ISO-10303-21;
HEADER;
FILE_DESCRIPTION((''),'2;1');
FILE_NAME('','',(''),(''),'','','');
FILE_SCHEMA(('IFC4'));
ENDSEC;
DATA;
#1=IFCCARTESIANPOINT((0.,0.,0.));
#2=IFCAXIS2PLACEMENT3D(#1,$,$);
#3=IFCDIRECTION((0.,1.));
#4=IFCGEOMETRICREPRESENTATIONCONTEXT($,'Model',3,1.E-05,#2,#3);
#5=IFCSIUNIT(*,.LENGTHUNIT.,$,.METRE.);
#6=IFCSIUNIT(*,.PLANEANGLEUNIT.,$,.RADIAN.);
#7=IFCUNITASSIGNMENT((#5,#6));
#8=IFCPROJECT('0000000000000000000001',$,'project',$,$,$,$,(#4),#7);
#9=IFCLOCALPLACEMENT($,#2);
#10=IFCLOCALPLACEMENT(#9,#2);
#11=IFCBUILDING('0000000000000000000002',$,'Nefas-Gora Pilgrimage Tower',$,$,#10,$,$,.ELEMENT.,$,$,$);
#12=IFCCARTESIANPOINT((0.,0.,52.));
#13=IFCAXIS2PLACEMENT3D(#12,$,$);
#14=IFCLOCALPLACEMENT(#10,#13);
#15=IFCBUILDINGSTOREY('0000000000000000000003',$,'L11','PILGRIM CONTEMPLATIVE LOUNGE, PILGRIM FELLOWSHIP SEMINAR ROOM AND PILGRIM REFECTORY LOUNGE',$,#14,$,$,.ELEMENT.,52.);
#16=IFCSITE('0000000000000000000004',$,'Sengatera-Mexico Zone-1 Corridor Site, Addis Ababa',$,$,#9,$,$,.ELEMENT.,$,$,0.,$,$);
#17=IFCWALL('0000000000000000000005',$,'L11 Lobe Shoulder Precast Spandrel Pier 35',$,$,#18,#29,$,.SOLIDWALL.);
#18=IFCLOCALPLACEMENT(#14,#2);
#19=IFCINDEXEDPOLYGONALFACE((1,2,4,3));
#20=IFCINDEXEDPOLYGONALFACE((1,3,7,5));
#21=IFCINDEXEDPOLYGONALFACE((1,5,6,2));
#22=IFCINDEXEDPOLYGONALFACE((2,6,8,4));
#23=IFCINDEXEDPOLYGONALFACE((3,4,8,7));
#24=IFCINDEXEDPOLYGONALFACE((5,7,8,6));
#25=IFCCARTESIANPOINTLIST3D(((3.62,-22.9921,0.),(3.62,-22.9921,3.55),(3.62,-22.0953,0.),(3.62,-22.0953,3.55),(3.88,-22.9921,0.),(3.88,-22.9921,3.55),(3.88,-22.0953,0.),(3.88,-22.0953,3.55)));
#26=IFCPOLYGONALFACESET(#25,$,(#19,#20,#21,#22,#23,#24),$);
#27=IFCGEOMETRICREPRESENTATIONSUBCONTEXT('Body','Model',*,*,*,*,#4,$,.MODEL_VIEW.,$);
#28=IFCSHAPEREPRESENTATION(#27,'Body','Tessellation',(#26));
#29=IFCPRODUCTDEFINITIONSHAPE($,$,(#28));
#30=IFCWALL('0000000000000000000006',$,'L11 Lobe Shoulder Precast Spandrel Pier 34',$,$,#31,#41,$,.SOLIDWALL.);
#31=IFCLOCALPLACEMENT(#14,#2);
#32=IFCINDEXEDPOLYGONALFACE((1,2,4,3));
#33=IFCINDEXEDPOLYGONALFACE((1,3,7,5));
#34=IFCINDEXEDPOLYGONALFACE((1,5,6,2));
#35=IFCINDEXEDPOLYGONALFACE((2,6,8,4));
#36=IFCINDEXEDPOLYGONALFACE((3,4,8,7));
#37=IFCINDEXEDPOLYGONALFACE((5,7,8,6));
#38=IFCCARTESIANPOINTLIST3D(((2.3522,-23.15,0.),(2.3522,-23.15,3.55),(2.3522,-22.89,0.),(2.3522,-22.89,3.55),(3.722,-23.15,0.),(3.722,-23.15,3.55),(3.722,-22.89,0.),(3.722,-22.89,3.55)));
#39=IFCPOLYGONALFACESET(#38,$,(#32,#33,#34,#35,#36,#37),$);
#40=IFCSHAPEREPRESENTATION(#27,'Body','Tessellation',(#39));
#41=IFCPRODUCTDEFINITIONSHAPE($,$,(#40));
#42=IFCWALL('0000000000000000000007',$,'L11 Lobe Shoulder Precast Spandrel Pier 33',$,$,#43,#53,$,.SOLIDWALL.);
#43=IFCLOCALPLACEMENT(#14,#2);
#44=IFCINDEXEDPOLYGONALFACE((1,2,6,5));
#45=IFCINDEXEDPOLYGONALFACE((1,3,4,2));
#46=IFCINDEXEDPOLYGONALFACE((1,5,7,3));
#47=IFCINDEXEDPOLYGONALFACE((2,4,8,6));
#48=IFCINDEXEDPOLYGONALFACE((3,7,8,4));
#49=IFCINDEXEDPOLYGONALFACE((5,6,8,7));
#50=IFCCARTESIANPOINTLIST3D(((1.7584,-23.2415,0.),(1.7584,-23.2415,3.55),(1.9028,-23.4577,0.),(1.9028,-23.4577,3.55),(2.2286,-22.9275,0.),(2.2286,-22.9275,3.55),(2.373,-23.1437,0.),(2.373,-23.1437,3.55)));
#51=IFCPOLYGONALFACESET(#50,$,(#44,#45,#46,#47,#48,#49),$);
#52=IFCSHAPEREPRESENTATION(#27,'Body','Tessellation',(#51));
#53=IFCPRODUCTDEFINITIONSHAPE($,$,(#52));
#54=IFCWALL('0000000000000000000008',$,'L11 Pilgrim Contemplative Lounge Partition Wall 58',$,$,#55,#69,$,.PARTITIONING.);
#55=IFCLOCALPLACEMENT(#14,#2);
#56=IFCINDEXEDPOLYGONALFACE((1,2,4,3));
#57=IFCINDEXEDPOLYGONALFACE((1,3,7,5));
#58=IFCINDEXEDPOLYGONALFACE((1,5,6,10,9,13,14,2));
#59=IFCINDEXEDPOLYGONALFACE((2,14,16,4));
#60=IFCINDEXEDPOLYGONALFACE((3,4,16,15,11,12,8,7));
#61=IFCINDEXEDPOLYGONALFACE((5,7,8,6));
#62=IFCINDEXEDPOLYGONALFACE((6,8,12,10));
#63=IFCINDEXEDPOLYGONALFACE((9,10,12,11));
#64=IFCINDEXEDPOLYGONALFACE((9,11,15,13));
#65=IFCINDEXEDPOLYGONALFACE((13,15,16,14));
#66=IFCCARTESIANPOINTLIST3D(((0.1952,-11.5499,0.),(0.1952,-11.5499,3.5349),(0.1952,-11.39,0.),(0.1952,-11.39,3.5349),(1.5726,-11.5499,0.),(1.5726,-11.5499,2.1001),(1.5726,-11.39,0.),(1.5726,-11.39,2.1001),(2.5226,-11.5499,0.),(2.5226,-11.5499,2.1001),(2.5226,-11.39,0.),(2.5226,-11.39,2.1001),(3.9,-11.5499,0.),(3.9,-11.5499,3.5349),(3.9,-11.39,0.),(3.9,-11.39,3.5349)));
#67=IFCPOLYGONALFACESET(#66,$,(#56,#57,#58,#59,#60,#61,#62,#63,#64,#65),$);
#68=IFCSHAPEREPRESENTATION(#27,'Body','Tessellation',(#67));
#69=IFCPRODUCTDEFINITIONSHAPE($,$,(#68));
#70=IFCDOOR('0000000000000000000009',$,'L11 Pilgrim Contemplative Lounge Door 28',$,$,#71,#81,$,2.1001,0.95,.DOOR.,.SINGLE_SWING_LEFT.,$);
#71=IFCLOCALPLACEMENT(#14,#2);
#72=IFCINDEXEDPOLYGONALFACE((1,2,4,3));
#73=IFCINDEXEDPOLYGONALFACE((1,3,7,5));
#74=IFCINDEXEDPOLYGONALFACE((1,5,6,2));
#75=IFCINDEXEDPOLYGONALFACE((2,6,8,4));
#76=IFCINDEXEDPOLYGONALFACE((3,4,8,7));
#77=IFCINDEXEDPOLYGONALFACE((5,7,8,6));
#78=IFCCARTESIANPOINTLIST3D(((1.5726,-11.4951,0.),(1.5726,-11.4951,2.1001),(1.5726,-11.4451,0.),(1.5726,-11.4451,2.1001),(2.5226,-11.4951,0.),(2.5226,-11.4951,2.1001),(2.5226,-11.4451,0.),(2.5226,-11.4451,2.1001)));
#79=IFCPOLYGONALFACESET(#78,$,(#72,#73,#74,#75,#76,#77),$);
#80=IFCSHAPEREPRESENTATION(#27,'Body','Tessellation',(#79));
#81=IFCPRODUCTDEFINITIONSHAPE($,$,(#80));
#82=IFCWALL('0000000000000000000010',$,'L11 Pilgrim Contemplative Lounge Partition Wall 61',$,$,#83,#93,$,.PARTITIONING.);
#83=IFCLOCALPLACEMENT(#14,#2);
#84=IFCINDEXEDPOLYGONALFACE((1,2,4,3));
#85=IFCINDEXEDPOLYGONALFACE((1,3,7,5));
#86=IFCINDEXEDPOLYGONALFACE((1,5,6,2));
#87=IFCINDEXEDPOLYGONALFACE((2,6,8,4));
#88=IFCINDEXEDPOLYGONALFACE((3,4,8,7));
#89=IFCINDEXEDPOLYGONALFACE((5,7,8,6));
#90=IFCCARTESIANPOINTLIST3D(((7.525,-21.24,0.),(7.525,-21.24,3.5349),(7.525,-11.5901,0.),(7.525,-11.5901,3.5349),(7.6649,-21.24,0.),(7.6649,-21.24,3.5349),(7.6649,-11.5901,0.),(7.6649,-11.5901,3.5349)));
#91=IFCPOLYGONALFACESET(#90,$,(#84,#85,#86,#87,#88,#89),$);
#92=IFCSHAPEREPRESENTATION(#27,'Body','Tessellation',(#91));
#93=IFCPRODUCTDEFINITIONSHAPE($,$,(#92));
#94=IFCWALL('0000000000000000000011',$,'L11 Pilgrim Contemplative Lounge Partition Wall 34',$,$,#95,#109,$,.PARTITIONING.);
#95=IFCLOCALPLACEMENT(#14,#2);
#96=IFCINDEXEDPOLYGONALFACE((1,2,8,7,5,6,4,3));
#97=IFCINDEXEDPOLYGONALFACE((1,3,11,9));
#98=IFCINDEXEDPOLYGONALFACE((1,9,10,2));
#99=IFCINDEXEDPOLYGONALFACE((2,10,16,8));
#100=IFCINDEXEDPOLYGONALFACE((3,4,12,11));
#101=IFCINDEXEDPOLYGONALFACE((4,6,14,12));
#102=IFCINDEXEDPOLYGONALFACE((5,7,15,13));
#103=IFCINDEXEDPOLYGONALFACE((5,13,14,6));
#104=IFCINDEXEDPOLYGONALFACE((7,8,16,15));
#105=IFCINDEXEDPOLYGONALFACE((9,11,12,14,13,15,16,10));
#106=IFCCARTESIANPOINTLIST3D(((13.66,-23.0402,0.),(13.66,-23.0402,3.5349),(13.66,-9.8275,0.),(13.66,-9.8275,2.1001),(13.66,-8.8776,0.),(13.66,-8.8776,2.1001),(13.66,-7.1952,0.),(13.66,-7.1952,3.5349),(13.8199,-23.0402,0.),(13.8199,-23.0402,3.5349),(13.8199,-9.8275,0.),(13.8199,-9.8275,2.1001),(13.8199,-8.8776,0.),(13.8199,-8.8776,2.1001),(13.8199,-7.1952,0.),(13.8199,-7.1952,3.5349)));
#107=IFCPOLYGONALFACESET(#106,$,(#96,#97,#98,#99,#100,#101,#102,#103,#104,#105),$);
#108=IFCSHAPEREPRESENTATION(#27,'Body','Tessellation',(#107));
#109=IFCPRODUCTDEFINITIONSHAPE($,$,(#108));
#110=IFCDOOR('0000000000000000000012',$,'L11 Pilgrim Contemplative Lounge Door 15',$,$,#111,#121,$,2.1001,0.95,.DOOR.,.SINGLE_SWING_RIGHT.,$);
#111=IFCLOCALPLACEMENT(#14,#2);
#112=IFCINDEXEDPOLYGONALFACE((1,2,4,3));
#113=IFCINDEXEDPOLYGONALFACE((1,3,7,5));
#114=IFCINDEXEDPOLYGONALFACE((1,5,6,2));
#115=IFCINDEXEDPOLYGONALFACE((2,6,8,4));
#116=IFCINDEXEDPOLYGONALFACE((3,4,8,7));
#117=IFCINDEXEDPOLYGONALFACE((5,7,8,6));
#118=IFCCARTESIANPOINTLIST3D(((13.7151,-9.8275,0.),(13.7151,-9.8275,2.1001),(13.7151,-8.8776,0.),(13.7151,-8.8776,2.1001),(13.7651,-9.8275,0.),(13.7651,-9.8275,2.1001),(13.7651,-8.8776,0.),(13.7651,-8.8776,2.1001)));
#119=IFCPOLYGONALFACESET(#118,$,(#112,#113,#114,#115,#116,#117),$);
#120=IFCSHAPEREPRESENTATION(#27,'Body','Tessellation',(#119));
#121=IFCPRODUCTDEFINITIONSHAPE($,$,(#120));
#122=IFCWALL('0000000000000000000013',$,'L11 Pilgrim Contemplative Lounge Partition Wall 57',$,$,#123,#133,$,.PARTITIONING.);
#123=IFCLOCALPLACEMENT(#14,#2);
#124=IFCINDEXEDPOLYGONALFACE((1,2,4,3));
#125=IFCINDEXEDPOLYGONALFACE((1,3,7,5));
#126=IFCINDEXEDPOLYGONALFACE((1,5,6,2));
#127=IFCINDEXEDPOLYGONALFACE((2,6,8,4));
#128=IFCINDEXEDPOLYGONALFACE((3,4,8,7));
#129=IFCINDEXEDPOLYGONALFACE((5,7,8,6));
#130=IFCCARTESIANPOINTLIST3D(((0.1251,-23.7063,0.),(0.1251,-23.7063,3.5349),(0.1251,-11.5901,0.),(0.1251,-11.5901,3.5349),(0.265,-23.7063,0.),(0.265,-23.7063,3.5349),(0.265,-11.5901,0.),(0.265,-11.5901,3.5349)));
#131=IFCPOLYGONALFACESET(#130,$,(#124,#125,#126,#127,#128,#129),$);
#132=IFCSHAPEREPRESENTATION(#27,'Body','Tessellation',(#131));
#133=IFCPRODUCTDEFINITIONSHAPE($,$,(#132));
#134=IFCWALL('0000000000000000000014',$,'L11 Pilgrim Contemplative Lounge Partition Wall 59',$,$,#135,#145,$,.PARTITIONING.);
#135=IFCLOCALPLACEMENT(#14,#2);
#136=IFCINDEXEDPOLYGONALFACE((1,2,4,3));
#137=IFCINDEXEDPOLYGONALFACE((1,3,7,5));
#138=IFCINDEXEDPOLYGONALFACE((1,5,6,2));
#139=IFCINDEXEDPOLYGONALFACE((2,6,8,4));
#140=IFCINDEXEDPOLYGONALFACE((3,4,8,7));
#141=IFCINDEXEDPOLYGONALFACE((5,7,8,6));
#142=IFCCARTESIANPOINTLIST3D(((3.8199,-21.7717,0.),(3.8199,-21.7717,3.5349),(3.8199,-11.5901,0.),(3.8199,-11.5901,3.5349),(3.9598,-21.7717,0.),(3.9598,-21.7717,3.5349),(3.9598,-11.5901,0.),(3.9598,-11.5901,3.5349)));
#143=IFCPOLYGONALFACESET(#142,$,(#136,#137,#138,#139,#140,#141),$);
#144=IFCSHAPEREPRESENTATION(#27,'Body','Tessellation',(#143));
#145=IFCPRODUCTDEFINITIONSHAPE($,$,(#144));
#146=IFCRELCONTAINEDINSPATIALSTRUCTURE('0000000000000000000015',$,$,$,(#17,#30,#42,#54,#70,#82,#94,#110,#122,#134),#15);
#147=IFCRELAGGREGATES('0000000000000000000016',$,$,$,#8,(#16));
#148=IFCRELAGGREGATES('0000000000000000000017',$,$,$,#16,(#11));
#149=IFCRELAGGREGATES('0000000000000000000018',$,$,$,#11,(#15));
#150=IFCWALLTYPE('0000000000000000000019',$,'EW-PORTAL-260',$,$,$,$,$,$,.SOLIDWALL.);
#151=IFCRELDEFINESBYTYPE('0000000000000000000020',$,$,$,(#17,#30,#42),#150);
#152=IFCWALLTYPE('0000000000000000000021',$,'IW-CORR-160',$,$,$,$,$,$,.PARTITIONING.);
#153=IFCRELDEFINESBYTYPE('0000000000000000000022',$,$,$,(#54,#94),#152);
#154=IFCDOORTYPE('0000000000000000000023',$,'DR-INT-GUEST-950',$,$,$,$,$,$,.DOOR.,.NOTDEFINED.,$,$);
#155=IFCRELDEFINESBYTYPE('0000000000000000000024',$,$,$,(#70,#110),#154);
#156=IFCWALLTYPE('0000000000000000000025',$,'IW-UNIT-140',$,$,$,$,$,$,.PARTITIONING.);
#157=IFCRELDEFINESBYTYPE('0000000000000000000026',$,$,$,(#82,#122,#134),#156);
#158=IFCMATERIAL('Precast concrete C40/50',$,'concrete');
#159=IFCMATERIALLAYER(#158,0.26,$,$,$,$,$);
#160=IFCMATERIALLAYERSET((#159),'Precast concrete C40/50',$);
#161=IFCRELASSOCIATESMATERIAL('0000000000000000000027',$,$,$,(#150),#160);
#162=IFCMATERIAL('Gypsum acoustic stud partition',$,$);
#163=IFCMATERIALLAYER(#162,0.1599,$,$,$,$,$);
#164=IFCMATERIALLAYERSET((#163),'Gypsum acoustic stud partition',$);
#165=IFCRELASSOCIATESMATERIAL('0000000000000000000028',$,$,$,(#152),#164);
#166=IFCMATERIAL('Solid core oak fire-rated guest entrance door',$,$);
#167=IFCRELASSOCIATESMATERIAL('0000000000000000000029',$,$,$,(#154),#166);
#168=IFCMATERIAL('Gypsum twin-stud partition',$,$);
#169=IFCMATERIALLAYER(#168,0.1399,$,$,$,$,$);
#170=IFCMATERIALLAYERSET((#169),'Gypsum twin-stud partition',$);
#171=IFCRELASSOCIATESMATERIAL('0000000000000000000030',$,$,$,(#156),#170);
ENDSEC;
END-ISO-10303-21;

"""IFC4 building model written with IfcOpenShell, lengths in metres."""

from ifc_helpers import new_model, si_unit, direction, frame, frame_2d, origin, place, context, subcontext, project, spatial, rectangle, extrude, source, transform, mapped, material, layer, layer_set, type_object, element, fill, save


model = new_model("IFC4")

# Units and contexts
model_context = context("Model", 3, precision=1e-05, world=origin(), true_north=direction((0.0, 1.0)))
body_context = subcontext(model_context, "Body", "Model", "MODEL_VIEW")
ifc_project = project(units=[si_unit("LENGTHUNIT", "METRE"), si_unit("PLANEANGLEUNIT", "RADIAN")], contexts=[model_context])

# Site, building, storey
site_placement = place(None, origin())
site = spatial("IfcSite", under=ifc_project, at=site_placement, Name="Sengatera-Mexico Zone-1 Corridor Site, Addis Ababa", CompositionType="ELEMENT", RefElevation=0.0)
building_placement = place(site_placement, origin())
building = spatial("IfcBuilding", under=site, at=building_placement, Name="Nefas-Gora Pilgrimage Tower", CompositionType="ELEMENT")
storey_placement = place(building_placement, frame((0.0, 0.0, 52.0)))
storey = spatial("IfcBuildingStorey", under=building, at=storey_placement, Name="L11", Description="PILGRIM CONTEMPLATIVE LOUNGE, PILGRIM FELLOWSHIP SEMINAR ROOM AND PILGRIM REFECTORY LOUNGE", CompositionType="ELEMENT", Elevation=52.0)

# Walls
ifc_material_1 = material(Name="Precast concrete C40/50", Category="concrete")
ifc_layer_1 = layer(ifc_material_1, 0.26)
ifc_layer_set_1 = layer_set([ifc_layer_1], Name="Precast concrete C40/50")
wall_type_1 = type_object("IfcWallType", Name="EW-PORTAL-260", PredefinedType="SOLIDWALL", material=ifc_layer_set_1)
shared_shape_1 = source(origin(), body_context, "Body", "SweptSolid", [
    extrude(rectangle(XDim=0.8967, YDim=0.26, at=frame_2d((0.4482, 0.0))), origin(), (0.0, 0.0, 1.0), 3.55),
])
wall_1_placement = place(storey_placement, frame((3.75, -22.9919, 0.0), z_axis=(0.0, 0.0, 1.0), x_axis=(0.0, 1.0, 0.0)))
element("IfcWall", 1, at=wall_1_placement, inside=storey, type_object=wall_type_1, Name="L11 Lobe Shoulder Precast Spandrel Pier 35", PredefinedType="SOLIDWALL", context=body_context, shape_type="MappedRepresentation", body=[
    mapped(shared_shape_1, transform((0.0, 0.0, 0.0), x_axis=(1.0, 0.0, 0.0), y_axis=(0.0, 1.0, 0.0), z_axis=(0.0, 0.0, 1.0), scale=1.0)),
])
shared_shape_2 = source(origin(), body_context, "Body", "SweptSolid", [
    extrude(rectangle(XDim=1.3699, YDim=0.26, at=frame_2d((0.6851, 0.0))), origin(), (0.0, 0.0, 1.0), 3.55),
])
wall_2_placement = place(storey_placement, frame((2.3521, -23.02, 0.0), z_axis=(0.0, 0.0, 1.0), x_axis=(1.0, 0.0, 0.0)))
element("IfcWall", 2, at=wall_2_placement, inside=storey, type_object=wall_type_1, Name="L11 Lobe Shoulder Precast Spandrel Pier 34", PredefinedType="SOLIDWALL", context=body_context, shape_type="MappedRepresentation", body=[
    mapped(shared_shape_2, transform((0.0, 0.0, 0.0), x_axis=(1.0, 0.0, 0.0), y_axis=(0.0, 1.0, 0.0), z_axis=(0.0, 0.0, 1.0), scale=1.0)),
])
shared_shape_3 = source(origin(), body_context, "Body", "SweptSolid", [
    extrude(rectangle(XDim=0.5654, YDim=0.26, at=frame_2d((0.2827, 0.0))), origin(), (0.0, 0.0, 1.0), 3.55),
])
wall_3_placement = place(storey_placement, frame((1.8306, -23.3496, 0.0), z_axis=(0.0, 0.0, 1.0), x_axis=(0.831651, 0.555298, 0.0)))
element("IfcWall", 3, at=wall_3_placement, inside=storey, type_object=wall_type_1, Name="L11 Lobe Shoulder Precast Spandrel Pier 33", PredefinedType="SOLIDWALL", context=body_context, shape_type="MappedRepresentation", body=[
    mapped(shared_shape_3, transform((0.0, 0.0, 0.0), x_axis=(1.0, 0.0, 0.0), y_axis=(0.0, 1.0, 0.0), z_axis=(0.0, 0.0, 1.0), scale=1.0)),
])

# Wall, opening, door
ifc_material_2 = material(Name="Gypsum acoustic stud partition")
ifc_layer_2 = layer(ifc_material_2, 0.1599)
ifc_layer_set_2 = layer_set([ifc_layer_2], Name="Gypsum acoustic stud partition")
wall_type_2 = type_object("IfcWallType", Name="IW-CORR-160", PredefinedType="PARTITIONING", material=ifc_layer_set_2)
shared_shape_4 = source(origin(), body_context, "Body", "SweptSolid", [
    extrude(rectangle(XDim=3.7048, YDim=0.1599, at=frame_2d((1.8525, 0.0))), origin(), (0.0, 0.0, 1.0), 3.5349),
])
wall_4_placement = place(storey_placement, frame((0.1951, -11.47, 0.0), z_axis=(0.0, 0.0, 1.0), x_axis=(1.0, 0.0, 0.0)))
wall_4 = element("IfcWall", 4, at=wall_4_placement, inside=storey, type_object=wall_type_2, Name="L11 Pilgrim Contemplative Lounge Partition Wall 58", PredefinedType="PARTITIONING", context=body_context, shape_type="MappedRepresentation", body=[
    mapped(shared_shape_4, transform((0.0, 0.0, 0.0), x_axis=(1.0, 0.0, 0.0), y_axis=(0.0, 1.0, 0.0), z_axis=(0.0, 0.0, 1.0), scale=1.0)),
])
opening_1_placement = place(wall_4_placement, frame((1.3774, 0.0, 0.0)))
opening_1 = element("IfcOpeningElement", 5, at=opening_1_placement, cuts=wall_4, PredefinedType="OPENING", context=body_context, shape_type="SweptSolid", body=[
    extrude(rectangle(XDim=0.95, YDim=2.1001, at=frame_2d((0.4751, 1.05))), frame((0.0, 0.0898, 0.0), z_axis=(0.0, -1.0, 0.0), x_axis=(1.0, 0.0, 0.0)), (0.0, 0.0, 1.0), 0.1799),
])
ifc_material_3 = material(Name="Solid core oak fire-rated guest entrance door")
door_type = type_object("IfcDoorType", Name="DR-INT-GUEST-950", OperationType="NOTDEFINED", PredefinedType="DOOR", material=ifc_material_3)
shared_shape_5 = source(origin(), body_context, "Body", "SweptSolid", [
    extrude(rectangle(XDim=0.95, YDim=2.1001, at=frame_2d((0.4751, 1.05))), frame((0.0, 0.0249, 0.0), z_axis=(0.0, -1.0, 0.0), x_axis=(1.0, 0.0, 0.0)), (0.0, 0.0, 1.0), 0.05),
])
door_1_placement = place(opening_1_placement, origin())
door_1 = element("IfcDoor", 6, at=door_1_placement, inside=storey, type_object=door_type, Name="L11 Pilgrim Contemplative Lounge Door 28", OperationType="SINGLE_SWING_LEFT", OverallHeight=2.1001, OverallWidth=0.95, PredefinedType="DOOR", context=body_context, shape_type="MappedRepresentation", body=[
    mapped(shared_shape_5, transform((0.0, 0.0, 0.0), x_axis=(1.0, 0.0, 0.0), y_axis=(0.0, 1.0, 0.0), z_axis=(0.0, 0.0, 1.0), scale=1.0)),
])
fill(opening_1, door_1)

# Wall
ifc_material_4 = material(Name="Gypsum twin-stud partition")
ifc_layer_3 = layer(ifc_material_4, 0.1399)
ifc_layer_set_3 = layer_set([ifc_layer_3], Name="Gypsum twin-stud partition")
wall_type_3 = type_object("IfcWallType", Name="IW-UNIT-140", PredefinedType="PARTITIONING", material=ifc_layer_set_3)
shared_shape_6 = source(origin(), body_context, "Body", "SweptSolid", [
    extrude(rectangle(XDim=9.6499, YDim=0.1399, at=frame_2d((4.825, 0.0))), origin(), (0.0, 0.0, 1.0), 3.5349),
])
wall_5_placement = place(storey_placement, frame((7.595, -21.24, 0.0), z_axis=(0.0, 0.0, 1.0), x_axis=(0.0, 1.0, 0.0)))
element("IfcWall", 7, at=wall_5_placement, inside=storey, type_object=wall_type_3, Name="L11 Pilgrim Contemplative Lounge Partition Wall 61", PredefinedType="PARTITIONING", context=body_context, shape_type="MappedRepresentation", body=[
    mapped(shared_shape_6, transform((0.0, 0.0, 0.0), x_axis=(1.0, 0.0, 0.0), y_axis=(0.0, 1.0, 0.0), z_axis=(0.0, 0.0, 1.0), scale=1.0)),
])

# Wall, opening, door
shared_shape_7 = source(origin(), body_context, "Body", "SweptSolid", [
    extrude(rectangle(XDim=15.845, YDim=0.1599, at=frame_2d((7.9224, 0.0))), origin(), (0.0, 0.0, 1.0), 3.5349),
])
wall_6_placement = place(storey_placement, frame((13.74, -23.04, 0.0), z_axis=(0.0, 0.0, 1.0), x_axis=(0.0, 1.0, 0.0)))
wall_6 = element("IfcWall", 8, at=wall_6_placement, inside=storey, type_object=wall_type_2, Name="L11 Pilgrim Contemplative Lounge Partition Wall 34", PredefinedType="PARTITIONING", context=body_context, shape_type="MappedRepresentation", body=[
    mapped(shared_shape_7, transform((0.0, 0.0, 0.0), x_axis=(1.0, 0.0, 0.0), y_axis=(0.0, 1.0, 0.0), z_axis=(0.0, 0.0, 1.0), scale=1.0)),
])
opening_2_placement = place(wall_6_placement, frame((13.2124, 0.0, 0.0)))
opening_2 = element("IfcOpeningElement", 9, at=opening_2_placement, cuts=wall_6, PredefinedType="OPENING", context=body_context, shape_type="SweptSolid", body=[
    extrude(rectangle(XDim=0.95, YDim=2.1001, at=frame_2d((0.4751, 1.05))), frame((0.0, 0.0898, 0.0), z_axis=(0.0, -1.0, 0.0), x_axis=(1.0, 0.0, 0.0)), (0.0, 0.0, 1.0), 0.1799),
])
door_2_placement = place(opening_2_placement, origin())
door_2 = element("IfcDoor", 10, at=door_2_placement, inside=storey, type_object=door_type, Name="L11 Pilgrim Contemplative Lounge Door 15", OperationType="SINGLE_SWING_RIGHT", OverallHeight=2.1001, OverallWidth=0.95, PredefinedType="DOOR", context=body_context, shape_type="MappedRepresentation", body=[
    mapped(shared_shape_5, transform((0.0, 0.0, 0.0), x_axis=(1.0, 0.0, 0.0), y_axis=(0.0, 1.0, 0.0), z_axis=(0.0, 0.0, 1.0), scale=1.0)),
])
fill(opening_2, door_2)

# Walls
shared_shape_8 = source(origin(), body_context, "Body", "SweptSolid", [
    extrude(rectangle(XDim=12.1162, YDim=0.1399, at=frame_2d((6.0581, 0.0))), origin(), (0.0, 0.0, 1.0), 3.5349),
])
wall_7_placement = place(storey_placement, frame((0.1951, -23.7063, 0.0), z_axis=(0.0, 0.0, 1.0), x_axis=(0.0, 1.0, 0.0)))
element("IfcWall", 11, at=wall_7_placement, inside=storey, type_object=wall_type_3, Name="L11 Pilgrim Contemplative Lounge Partition Wall 57", PredefinedType="PARTITIONING", context=body_context, shape_type="MappedRepresentation", body=[
    mapped(shared_shape_8, transform((0.0, 0.0, 0.0), x_axis=(1.0, 0.0, 0.0), y_axis=(0.0, 1.0, 0.0), z_axis=(0.0, 0.0, 1.0), scale=1.0)),
])
shared_shape_9 = source(origin(), body_context, "Body", "SweptSolid", [
    extrude(rectangle(XDim=10.1816, YDim=0.1399, at=frame_2d((5.0908, 0.0))), origin(), (0.0, 0.0, 1.0), 3.5349),
])
wall_8_placement = place(storey_placement, frame((3.8899, -21.7717, 0.0), z_axis=(0.0, 0.0, 1.0), x_axis=(0.0, 1.0, 0.0)))
element("IfcWall", 12, at=wall_8_placement, inside=storey, type_object=wall_type_3, Name="L11 Pilgrim Contemplative Lounge Partition Wall 59", PredefinedType="PARTITIONING", context=body_context, shape_type="MappedRepresentation", body=[
    mapped(shared_shape_9, transform((0.0, 0.0, 0.0), x_axis=(1.0, 0.0, 0.0), y_axis=(0.0, 1.0, 0.0), z_axis=(0.0, 0.0, 1.0), scale=1.0)),
])

save(model, "model.ifc")
